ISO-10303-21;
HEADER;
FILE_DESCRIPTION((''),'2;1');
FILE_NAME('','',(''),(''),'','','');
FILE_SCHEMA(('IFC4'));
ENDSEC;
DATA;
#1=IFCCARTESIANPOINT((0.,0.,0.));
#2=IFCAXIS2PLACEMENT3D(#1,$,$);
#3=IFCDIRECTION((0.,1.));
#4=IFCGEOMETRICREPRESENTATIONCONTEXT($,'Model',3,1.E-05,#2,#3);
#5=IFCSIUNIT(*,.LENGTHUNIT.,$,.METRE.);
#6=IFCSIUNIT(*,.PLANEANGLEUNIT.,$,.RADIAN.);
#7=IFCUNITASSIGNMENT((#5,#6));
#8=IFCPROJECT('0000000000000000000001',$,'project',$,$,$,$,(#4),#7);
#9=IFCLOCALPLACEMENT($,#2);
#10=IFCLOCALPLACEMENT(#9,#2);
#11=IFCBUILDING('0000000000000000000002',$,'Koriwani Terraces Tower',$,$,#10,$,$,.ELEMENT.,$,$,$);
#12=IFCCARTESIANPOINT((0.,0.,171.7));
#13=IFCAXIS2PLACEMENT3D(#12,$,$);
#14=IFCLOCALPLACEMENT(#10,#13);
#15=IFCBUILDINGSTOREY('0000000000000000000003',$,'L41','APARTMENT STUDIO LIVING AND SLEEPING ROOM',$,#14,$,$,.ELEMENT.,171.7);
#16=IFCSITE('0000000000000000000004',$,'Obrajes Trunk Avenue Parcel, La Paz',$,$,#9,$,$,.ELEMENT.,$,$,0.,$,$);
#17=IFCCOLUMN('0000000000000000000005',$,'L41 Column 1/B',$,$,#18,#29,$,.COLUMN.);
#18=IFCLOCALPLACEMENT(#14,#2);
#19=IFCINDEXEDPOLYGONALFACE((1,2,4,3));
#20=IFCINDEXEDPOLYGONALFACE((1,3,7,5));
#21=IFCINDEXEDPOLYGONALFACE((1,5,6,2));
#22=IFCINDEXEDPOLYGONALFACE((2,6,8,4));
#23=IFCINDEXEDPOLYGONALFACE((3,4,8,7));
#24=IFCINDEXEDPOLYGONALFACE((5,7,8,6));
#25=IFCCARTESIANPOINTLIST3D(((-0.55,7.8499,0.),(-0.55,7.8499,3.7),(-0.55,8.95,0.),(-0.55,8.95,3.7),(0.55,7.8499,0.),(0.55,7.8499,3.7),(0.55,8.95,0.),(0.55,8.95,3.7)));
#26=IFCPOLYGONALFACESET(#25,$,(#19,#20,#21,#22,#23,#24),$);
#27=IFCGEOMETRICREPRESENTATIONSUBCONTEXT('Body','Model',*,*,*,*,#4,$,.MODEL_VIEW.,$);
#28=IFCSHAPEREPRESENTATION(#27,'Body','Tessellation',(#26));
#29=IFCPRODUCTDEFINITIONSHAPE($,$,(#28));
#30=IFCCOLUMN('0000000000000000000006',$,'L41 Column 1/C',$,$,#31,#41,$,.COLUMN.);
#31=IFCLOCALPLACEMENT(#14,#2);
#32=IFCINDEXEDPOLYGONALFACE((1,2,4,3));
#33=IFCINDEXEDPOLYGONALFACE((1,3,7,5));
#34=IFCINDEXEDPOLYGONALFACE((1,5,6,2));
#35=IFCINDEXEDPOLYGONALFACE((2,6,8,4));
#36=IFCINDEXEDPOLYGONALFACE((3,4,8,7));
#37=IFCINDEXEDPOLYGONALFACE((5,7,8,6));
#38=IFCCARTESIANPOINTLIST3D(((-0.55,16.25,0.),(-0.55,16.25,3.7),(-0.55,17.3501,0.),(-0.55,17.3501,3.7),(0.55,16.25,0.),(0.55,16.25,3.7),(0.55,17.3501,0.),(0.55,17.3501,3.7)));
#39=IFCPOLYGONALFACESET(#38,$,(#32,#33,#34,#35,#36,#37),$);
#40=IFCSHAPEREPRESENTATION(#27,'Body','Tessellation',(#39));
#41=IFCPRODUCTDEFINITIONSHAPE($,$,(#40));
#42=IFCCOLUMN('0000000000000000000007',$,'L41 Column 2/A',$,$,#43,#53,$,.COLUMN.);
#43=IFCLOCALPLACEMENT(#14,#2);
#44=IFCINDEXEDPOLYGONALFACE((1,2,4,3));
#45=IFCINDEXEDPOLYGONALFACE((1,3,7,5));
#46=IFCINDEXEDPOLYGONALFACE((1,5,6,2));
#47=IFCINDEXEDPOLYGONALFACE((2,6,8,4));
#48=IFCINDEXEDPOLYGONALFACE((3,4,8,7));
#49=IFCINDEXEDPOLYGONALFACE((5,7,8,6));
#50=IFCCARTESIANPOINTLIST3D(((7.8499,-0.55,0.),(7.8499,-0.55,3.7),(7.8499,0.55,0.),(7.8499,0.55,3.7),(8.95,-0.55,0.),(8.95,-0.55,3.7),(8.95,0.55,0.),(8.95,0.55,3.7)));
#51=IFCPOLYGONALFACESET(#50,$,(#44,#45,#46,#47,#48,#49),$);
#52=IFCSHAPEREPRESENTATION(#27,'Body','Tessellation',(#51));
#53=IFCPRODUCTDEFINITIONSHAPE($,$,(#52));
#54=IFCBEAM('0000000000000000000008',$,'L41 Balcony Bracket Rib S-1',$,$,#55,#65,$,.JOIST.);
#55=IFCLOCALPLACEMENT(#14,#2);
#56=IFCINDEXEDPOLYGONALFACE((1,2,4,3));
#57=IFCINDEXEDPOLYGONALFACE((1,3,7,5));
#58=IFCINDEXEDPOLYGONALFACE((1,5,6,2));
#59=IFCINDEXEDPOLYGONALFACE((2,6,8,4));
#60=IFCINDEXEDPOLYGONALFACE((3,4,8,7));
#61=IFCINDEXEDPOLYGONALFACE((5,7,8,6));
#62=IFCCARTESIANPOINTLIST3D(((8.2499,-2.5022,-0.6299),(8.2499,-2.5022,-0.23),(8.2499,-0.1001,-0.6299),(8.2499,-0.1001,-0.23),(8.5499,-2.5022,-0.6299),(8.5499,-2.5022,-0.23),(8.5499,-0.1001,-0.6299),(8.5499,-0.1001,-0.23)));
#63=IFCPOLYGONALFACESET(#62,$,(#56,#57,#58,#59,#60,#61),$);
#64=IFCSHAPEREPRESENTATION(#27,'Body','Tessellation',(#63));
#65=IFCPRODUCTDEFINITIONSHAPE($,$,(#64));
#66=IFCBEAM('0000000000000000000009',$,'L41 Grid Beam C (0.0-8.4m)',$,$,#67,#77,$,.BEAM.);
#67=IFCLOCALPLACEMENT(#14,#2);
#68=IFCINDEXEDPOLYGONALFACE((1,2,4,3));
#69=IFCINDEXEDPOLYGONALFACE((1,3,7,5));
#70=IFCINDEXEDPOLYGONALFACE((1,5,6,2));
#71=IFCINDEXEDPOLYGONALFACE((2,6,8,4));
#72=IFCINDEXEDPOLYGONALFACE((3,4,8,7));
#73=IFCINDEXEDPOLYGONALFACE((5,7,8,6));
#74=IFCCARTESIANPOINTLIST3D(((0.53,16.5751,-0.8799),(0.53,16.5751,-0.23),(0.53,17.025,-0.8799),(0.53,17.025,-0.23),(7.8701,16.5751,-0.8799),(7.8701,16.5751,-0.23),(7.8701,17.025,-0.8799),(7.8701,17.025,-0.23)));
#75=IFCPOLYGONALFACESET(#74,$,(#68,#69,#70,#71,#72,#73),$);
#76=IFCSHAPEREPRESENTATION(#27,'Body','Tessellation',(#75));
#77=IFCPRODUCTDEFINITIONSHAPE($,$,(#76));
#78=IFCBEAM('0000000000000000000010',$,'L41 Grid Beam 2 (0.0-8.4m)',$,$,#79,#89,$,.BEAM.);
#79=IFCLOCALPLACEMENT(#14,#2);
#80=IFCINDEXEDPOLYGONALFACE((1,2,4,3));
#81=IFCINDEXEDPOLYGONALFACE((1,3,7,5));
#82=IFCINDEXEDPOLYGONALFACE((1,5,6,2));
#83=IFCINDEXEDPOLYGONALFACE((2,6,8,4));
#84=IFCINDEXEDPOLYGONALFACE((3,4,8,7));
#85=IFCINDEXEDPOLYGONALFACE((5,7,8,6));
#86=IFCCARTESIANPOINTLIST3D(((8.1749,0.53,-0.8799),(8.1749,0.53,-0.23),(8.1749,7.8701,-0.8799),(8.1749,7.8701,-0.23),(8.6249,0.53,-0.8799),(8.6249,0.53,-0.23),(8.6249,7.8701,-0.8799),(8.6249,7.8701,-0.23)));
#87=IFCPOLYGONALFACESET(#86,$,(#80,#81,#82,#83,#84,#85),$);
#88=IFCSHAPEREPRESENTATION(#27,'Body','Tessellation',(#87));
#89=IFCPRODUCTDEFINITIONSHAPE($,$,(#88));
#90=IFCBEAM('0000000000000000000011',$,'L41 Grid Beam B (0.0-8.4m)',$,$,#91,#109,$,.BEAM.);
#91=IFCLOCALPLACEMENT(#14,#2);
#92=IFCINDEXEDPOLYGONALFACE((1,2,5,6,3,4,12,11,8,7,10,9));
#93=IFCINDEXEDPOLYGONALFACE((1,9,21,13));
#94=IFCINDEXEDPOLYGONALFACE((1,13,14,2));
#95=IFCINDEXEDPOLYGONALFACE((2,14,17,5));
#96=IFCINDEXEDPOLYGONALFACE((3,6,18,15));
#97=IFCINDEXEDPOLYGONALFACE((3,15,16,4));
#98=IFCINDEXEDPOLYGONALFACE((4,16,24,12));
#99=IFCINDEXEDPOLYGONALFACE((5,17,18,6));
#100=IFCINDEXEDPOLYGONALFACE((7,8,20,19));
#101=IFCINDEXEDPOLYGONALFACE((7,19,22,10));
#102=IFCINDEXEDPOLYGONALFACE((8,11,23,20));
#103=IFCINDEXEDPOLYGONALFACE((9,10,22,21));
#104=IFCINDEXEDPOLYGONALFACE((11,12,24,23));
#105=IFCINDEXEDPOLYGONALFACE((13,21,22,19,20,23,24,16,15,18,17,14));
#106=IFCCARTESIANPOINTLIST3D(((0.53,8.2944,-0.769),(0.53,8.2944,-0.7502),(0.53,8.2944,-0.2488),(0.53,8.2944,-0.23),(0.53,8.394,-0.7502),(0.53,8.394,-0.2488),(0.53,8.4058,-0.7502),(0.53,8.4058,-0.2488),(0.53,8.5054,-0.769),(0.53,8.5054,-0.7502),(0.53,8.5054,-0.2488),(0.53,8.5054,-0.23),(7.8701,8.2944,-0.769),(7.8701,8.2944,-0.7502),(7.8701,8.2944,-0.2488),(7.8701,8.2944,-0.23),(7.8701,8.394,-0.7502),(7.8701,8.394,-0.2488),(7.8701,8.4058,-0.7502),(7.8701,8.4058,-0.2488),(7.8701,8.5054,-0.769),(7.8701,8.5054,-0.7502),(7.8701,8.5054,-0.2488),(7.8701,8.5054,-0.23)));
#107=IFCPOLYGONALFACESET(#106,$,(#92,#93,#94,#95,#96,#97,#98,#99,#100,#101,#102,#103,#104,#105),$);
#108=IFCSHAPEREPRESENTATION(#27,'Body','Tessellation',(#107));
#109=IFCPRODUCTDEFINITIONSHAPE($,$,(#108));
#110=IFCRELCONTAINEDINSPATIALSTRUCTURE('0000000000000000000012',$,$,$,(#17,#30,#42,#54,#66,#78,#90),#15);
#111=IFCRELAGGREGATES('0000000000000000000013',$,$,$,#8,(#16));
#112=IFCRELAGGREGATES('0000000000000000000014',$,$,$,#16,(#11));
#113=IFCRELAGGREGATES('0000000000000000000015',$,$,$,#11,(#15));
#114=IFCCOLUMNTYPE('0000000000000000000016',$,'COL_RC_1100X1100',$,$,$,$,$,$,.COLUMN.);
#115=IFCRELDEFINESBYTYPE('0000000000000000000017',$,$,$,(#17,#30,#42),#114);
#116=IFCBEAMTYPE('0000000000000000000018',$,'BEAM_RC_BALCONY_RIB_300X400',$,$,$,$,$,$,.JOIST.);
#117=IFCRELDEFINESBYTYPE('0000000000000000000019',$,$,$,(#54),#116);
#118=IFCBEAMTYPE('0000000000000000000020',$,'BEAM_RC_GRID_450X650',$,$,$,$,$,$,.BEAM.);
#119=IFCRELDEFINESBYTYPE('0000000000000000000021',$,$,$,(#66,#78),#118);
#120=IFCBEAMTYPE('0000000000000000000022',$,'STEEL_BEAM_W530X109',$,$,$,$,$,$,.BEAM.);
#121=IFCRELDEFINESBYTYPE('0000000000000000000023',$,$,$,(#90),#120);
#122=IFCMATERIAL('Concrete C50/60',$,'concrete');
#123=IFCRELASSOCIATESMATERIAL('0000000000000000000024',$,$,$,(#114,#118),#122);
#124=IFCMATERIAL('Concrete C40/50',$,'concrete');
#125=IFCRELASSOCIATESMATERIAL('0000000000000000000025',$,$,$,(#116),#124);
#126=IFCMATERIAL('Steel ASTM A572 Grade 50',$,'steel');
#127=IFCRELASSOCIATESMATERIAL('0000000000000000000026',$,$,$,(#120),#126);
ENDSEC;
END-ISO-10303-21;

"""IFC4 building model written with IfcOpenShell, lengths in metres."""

from ifc_helpers import new_model, si_unit, direction, frame, origin, origin_2d, place, context, subcontext, project, spatial, rectangle, i_section, extrude, material, material_profile, profile_set, type_object, element, save


model = new_model("IFC4")

# Units and contexts
model_context = context("Model", 3, precision=1e-05, world=origin(), true_north=direction((0.0, 1.0)))
body_context = subcontext(model_context, "Body", "Model", "MODEL_VIEW")
ifc_project = project(units=[si_unit("LENGTHUNIT", "METRE"), si_unit("PLANEANGLEUNIT", "RADIAN")], contexts=[model_context])

# Site, building, storey
site_placement = place(None, origin())
site = spatial("IfcSite", under=ifc_project, at=site_placement, Name="Obrajes Trunk Avenue Parcel, La Paz", CompositionType="ELEMENT", RefElevation=0.0)
building_placement = place(site_placement, origin())
building = spatial("IfcBuilding", under=site, at=building_placement, Name="Koriwani Terraces Tower", CompositionType="ELEMENT")
storey_placement = place(building_placement, frame((0.0, 0.0, 171.7)))
storey = spatial("IfcBuildingStorey", under=building, at=storey_placement, Name="L41", Description="APARTMENT STUDIO LIVING AND SLEEPING ROOM", CompositionType="ELEMENT", Elevation=171.7)

# Columns
ifc_material_1 = material(Name="Concrete C50/60", Category="concrete")
ifc_material_profile_1 = material_profile(ifc_material_1, rectangle(XDim=1.1001, YDim=1.1001, at=origin_2d()), Name="Concrete C50/60", Category="LoadBearing")
ifc_profile_set_1 = profile_set([ifc_material_profile_1], Name="Concrete C50/60")
column_type = type_object("IfcColumnType", Name="COL_RC_1100X1100", PredefinedType="COLUMN", material=ifc_profile_set_1)
for number, where, z_axis, x_axis, name in (
    (1, (0.0, 8.3999, 0.0), (0.0, 0.0, 1.0), (1.0, 0.0, 0.0), "L41 Column 1/B"),
    (2, (0.0, 16.8, 0.0), (0.0, 0.0, 1.0), (1.0, 0.0, 0.0), "L41 Column 1/C"),
    (3, (8.3999, 0.0, 0.0), (0.0, 0.0, 1.0), (1.0, 0.0, 0.0), "L41 Column 2/A"),
):
    element("IfcColumn", number, at=place(storey_placement, frame(where, z_axis=z_axis, x_axis=x_axis)), inside=storey, type_object=column_type, Name=name, PredefinedType="COLUMN", context=body_context, shape_type="SweptSolid", body=[
        extrude(rectangle(XDim=1.1001, YDim=1.1001, at=origin_2d()), origin(), (0.0, 0.0, 1.0), 3.7),
    ])

# Beams
ifc_material_2 = material(Name="Concrete C40/50", Category="concrete")
ifc_material_profile_2 = material_profile(ifc_material_2, rectangle(XDim=0.3, YDim=0.3999, at=origin_2d()), Name="Concrete C40/50", Category="LoadBearing")
ifc_profile_set_2 = profile_set([ifc_material_profile_2], Name="Concrete C40/50")
beam_type_1 = type_object("IfcBeamType", Name="BEAM_RC_BALCONY_RIB_300X400", PredefinedType="JOIST", material=ifc_profile_set_2)
beam_1_placement = place(storey_placement, frame((8.3999, -2.5022, -0.4299), z_axis=(0.0, 1.0, 0.0), x_axis=(-1.0, 0.0, 0.0)))
element("IfcBeam", 4, at=beam_1_placement, inside=storey, type_object=beam_type_1, Name="L41 Balcony Bracket Rib S-1", PredefinedType="JOIST", context=body_context, shape_type="SweptSolid", body=[
    extrude(rectangle(XDim=0.3, YDim=0.3999, at=origin_2d()), origin(), (0.0, 0.0, 1.0), 2.4021),
])
ifc_material_profile_3 = material_profile(ifc_material_1, rectangle(XDim=0.45, YDim=0.6499, at=origin_2d()), Name="Concrete C50/60", Category="LoadBearing")
ifc_profile_set_3 = profile_set([ifc_material_profile_3], Name="Concrete C50/60")
beam_type_2 = type_object("IfcBeamType", Name="BEAM_RC_GRID_450X650", PredefinedType="BEAM", material=ifc_profile_set_3)
for number, where, z_axis, x_axis, name in (
    (5, (0.53, 16.8, -0.5549), (1.0, 0.0, 0.0), (0.0, 1.0, 0.0), "L41 Grid Beam C (0.0-8.4m)"),
    (6, (8.3999, 0.53, -0.5549), (0.0, 1.0, 0.0), (-1.0, 0.0, 0.0), "L41 Grid Beam 2 (0.0-8.4m)"),
):
    element("IfcBeam", number, at=place(storey_placement, frame(where, z_axis=z_axis, x_axis=x_axis)), inside=storey, type_object=beam_type_2, Name=name, PredefinedType="BEAM", context=body_context, shape_type="SweptSolid", body=[
        extrude(rectangle(XDim=0.45, YDim=0.6499, at=origin_2d()), origin(), (0.0, 0.0, 1.0), 7.3401),
    ])
ifc_material_3 = material(Name="Steel ASTM A572 Grade 50", Category="steel")
ifc_material_profile_4 = material_profile(ifc_material_3, i_section(OverallWidth=0.2109, OverallDepth=0.5391, WebThickness=0.0117, FlangeThickness=0.0188, at=origin_2d()), Name="Steel ASTM A572 Grade 50", Category="LoadBearing")
ifc_profile_set_4 = profile_set([ifc_material_profile_4], Name="Steel ASTM A572 Grade 50")
beam_type_3 = type_object("IfcBeamType", Name="STEEL_BEAM_W530X109", PredefinedType="BEAM", material=ifc_profile_set_4)
beam_2_placement = place(storey_placement, frame((0.53, 8.3999, -0.4995), z_axis=(1.0, 0.0, 0.0), x_axis=(0.0, 1.0, 0.0)))
element("IfcBeam", 7, at=beam_2_placement, inside=storey, type_object=beam_type_3, Name="L41 Grid Beam B (0.0-8.4m)", PredefinedType="BEAM", context=body_context, shape_type="SweptSolid", body=[
    extrude(i_section(OverallWidth=0.2109, OverallDepth=0.5391, WebThickness=0.0117, FlangeThickness=0.0188, at=origin_2d()), origin(), (0.0, 0.0, 1.0), 7.3401),
])

save(model, "model.ifc")
